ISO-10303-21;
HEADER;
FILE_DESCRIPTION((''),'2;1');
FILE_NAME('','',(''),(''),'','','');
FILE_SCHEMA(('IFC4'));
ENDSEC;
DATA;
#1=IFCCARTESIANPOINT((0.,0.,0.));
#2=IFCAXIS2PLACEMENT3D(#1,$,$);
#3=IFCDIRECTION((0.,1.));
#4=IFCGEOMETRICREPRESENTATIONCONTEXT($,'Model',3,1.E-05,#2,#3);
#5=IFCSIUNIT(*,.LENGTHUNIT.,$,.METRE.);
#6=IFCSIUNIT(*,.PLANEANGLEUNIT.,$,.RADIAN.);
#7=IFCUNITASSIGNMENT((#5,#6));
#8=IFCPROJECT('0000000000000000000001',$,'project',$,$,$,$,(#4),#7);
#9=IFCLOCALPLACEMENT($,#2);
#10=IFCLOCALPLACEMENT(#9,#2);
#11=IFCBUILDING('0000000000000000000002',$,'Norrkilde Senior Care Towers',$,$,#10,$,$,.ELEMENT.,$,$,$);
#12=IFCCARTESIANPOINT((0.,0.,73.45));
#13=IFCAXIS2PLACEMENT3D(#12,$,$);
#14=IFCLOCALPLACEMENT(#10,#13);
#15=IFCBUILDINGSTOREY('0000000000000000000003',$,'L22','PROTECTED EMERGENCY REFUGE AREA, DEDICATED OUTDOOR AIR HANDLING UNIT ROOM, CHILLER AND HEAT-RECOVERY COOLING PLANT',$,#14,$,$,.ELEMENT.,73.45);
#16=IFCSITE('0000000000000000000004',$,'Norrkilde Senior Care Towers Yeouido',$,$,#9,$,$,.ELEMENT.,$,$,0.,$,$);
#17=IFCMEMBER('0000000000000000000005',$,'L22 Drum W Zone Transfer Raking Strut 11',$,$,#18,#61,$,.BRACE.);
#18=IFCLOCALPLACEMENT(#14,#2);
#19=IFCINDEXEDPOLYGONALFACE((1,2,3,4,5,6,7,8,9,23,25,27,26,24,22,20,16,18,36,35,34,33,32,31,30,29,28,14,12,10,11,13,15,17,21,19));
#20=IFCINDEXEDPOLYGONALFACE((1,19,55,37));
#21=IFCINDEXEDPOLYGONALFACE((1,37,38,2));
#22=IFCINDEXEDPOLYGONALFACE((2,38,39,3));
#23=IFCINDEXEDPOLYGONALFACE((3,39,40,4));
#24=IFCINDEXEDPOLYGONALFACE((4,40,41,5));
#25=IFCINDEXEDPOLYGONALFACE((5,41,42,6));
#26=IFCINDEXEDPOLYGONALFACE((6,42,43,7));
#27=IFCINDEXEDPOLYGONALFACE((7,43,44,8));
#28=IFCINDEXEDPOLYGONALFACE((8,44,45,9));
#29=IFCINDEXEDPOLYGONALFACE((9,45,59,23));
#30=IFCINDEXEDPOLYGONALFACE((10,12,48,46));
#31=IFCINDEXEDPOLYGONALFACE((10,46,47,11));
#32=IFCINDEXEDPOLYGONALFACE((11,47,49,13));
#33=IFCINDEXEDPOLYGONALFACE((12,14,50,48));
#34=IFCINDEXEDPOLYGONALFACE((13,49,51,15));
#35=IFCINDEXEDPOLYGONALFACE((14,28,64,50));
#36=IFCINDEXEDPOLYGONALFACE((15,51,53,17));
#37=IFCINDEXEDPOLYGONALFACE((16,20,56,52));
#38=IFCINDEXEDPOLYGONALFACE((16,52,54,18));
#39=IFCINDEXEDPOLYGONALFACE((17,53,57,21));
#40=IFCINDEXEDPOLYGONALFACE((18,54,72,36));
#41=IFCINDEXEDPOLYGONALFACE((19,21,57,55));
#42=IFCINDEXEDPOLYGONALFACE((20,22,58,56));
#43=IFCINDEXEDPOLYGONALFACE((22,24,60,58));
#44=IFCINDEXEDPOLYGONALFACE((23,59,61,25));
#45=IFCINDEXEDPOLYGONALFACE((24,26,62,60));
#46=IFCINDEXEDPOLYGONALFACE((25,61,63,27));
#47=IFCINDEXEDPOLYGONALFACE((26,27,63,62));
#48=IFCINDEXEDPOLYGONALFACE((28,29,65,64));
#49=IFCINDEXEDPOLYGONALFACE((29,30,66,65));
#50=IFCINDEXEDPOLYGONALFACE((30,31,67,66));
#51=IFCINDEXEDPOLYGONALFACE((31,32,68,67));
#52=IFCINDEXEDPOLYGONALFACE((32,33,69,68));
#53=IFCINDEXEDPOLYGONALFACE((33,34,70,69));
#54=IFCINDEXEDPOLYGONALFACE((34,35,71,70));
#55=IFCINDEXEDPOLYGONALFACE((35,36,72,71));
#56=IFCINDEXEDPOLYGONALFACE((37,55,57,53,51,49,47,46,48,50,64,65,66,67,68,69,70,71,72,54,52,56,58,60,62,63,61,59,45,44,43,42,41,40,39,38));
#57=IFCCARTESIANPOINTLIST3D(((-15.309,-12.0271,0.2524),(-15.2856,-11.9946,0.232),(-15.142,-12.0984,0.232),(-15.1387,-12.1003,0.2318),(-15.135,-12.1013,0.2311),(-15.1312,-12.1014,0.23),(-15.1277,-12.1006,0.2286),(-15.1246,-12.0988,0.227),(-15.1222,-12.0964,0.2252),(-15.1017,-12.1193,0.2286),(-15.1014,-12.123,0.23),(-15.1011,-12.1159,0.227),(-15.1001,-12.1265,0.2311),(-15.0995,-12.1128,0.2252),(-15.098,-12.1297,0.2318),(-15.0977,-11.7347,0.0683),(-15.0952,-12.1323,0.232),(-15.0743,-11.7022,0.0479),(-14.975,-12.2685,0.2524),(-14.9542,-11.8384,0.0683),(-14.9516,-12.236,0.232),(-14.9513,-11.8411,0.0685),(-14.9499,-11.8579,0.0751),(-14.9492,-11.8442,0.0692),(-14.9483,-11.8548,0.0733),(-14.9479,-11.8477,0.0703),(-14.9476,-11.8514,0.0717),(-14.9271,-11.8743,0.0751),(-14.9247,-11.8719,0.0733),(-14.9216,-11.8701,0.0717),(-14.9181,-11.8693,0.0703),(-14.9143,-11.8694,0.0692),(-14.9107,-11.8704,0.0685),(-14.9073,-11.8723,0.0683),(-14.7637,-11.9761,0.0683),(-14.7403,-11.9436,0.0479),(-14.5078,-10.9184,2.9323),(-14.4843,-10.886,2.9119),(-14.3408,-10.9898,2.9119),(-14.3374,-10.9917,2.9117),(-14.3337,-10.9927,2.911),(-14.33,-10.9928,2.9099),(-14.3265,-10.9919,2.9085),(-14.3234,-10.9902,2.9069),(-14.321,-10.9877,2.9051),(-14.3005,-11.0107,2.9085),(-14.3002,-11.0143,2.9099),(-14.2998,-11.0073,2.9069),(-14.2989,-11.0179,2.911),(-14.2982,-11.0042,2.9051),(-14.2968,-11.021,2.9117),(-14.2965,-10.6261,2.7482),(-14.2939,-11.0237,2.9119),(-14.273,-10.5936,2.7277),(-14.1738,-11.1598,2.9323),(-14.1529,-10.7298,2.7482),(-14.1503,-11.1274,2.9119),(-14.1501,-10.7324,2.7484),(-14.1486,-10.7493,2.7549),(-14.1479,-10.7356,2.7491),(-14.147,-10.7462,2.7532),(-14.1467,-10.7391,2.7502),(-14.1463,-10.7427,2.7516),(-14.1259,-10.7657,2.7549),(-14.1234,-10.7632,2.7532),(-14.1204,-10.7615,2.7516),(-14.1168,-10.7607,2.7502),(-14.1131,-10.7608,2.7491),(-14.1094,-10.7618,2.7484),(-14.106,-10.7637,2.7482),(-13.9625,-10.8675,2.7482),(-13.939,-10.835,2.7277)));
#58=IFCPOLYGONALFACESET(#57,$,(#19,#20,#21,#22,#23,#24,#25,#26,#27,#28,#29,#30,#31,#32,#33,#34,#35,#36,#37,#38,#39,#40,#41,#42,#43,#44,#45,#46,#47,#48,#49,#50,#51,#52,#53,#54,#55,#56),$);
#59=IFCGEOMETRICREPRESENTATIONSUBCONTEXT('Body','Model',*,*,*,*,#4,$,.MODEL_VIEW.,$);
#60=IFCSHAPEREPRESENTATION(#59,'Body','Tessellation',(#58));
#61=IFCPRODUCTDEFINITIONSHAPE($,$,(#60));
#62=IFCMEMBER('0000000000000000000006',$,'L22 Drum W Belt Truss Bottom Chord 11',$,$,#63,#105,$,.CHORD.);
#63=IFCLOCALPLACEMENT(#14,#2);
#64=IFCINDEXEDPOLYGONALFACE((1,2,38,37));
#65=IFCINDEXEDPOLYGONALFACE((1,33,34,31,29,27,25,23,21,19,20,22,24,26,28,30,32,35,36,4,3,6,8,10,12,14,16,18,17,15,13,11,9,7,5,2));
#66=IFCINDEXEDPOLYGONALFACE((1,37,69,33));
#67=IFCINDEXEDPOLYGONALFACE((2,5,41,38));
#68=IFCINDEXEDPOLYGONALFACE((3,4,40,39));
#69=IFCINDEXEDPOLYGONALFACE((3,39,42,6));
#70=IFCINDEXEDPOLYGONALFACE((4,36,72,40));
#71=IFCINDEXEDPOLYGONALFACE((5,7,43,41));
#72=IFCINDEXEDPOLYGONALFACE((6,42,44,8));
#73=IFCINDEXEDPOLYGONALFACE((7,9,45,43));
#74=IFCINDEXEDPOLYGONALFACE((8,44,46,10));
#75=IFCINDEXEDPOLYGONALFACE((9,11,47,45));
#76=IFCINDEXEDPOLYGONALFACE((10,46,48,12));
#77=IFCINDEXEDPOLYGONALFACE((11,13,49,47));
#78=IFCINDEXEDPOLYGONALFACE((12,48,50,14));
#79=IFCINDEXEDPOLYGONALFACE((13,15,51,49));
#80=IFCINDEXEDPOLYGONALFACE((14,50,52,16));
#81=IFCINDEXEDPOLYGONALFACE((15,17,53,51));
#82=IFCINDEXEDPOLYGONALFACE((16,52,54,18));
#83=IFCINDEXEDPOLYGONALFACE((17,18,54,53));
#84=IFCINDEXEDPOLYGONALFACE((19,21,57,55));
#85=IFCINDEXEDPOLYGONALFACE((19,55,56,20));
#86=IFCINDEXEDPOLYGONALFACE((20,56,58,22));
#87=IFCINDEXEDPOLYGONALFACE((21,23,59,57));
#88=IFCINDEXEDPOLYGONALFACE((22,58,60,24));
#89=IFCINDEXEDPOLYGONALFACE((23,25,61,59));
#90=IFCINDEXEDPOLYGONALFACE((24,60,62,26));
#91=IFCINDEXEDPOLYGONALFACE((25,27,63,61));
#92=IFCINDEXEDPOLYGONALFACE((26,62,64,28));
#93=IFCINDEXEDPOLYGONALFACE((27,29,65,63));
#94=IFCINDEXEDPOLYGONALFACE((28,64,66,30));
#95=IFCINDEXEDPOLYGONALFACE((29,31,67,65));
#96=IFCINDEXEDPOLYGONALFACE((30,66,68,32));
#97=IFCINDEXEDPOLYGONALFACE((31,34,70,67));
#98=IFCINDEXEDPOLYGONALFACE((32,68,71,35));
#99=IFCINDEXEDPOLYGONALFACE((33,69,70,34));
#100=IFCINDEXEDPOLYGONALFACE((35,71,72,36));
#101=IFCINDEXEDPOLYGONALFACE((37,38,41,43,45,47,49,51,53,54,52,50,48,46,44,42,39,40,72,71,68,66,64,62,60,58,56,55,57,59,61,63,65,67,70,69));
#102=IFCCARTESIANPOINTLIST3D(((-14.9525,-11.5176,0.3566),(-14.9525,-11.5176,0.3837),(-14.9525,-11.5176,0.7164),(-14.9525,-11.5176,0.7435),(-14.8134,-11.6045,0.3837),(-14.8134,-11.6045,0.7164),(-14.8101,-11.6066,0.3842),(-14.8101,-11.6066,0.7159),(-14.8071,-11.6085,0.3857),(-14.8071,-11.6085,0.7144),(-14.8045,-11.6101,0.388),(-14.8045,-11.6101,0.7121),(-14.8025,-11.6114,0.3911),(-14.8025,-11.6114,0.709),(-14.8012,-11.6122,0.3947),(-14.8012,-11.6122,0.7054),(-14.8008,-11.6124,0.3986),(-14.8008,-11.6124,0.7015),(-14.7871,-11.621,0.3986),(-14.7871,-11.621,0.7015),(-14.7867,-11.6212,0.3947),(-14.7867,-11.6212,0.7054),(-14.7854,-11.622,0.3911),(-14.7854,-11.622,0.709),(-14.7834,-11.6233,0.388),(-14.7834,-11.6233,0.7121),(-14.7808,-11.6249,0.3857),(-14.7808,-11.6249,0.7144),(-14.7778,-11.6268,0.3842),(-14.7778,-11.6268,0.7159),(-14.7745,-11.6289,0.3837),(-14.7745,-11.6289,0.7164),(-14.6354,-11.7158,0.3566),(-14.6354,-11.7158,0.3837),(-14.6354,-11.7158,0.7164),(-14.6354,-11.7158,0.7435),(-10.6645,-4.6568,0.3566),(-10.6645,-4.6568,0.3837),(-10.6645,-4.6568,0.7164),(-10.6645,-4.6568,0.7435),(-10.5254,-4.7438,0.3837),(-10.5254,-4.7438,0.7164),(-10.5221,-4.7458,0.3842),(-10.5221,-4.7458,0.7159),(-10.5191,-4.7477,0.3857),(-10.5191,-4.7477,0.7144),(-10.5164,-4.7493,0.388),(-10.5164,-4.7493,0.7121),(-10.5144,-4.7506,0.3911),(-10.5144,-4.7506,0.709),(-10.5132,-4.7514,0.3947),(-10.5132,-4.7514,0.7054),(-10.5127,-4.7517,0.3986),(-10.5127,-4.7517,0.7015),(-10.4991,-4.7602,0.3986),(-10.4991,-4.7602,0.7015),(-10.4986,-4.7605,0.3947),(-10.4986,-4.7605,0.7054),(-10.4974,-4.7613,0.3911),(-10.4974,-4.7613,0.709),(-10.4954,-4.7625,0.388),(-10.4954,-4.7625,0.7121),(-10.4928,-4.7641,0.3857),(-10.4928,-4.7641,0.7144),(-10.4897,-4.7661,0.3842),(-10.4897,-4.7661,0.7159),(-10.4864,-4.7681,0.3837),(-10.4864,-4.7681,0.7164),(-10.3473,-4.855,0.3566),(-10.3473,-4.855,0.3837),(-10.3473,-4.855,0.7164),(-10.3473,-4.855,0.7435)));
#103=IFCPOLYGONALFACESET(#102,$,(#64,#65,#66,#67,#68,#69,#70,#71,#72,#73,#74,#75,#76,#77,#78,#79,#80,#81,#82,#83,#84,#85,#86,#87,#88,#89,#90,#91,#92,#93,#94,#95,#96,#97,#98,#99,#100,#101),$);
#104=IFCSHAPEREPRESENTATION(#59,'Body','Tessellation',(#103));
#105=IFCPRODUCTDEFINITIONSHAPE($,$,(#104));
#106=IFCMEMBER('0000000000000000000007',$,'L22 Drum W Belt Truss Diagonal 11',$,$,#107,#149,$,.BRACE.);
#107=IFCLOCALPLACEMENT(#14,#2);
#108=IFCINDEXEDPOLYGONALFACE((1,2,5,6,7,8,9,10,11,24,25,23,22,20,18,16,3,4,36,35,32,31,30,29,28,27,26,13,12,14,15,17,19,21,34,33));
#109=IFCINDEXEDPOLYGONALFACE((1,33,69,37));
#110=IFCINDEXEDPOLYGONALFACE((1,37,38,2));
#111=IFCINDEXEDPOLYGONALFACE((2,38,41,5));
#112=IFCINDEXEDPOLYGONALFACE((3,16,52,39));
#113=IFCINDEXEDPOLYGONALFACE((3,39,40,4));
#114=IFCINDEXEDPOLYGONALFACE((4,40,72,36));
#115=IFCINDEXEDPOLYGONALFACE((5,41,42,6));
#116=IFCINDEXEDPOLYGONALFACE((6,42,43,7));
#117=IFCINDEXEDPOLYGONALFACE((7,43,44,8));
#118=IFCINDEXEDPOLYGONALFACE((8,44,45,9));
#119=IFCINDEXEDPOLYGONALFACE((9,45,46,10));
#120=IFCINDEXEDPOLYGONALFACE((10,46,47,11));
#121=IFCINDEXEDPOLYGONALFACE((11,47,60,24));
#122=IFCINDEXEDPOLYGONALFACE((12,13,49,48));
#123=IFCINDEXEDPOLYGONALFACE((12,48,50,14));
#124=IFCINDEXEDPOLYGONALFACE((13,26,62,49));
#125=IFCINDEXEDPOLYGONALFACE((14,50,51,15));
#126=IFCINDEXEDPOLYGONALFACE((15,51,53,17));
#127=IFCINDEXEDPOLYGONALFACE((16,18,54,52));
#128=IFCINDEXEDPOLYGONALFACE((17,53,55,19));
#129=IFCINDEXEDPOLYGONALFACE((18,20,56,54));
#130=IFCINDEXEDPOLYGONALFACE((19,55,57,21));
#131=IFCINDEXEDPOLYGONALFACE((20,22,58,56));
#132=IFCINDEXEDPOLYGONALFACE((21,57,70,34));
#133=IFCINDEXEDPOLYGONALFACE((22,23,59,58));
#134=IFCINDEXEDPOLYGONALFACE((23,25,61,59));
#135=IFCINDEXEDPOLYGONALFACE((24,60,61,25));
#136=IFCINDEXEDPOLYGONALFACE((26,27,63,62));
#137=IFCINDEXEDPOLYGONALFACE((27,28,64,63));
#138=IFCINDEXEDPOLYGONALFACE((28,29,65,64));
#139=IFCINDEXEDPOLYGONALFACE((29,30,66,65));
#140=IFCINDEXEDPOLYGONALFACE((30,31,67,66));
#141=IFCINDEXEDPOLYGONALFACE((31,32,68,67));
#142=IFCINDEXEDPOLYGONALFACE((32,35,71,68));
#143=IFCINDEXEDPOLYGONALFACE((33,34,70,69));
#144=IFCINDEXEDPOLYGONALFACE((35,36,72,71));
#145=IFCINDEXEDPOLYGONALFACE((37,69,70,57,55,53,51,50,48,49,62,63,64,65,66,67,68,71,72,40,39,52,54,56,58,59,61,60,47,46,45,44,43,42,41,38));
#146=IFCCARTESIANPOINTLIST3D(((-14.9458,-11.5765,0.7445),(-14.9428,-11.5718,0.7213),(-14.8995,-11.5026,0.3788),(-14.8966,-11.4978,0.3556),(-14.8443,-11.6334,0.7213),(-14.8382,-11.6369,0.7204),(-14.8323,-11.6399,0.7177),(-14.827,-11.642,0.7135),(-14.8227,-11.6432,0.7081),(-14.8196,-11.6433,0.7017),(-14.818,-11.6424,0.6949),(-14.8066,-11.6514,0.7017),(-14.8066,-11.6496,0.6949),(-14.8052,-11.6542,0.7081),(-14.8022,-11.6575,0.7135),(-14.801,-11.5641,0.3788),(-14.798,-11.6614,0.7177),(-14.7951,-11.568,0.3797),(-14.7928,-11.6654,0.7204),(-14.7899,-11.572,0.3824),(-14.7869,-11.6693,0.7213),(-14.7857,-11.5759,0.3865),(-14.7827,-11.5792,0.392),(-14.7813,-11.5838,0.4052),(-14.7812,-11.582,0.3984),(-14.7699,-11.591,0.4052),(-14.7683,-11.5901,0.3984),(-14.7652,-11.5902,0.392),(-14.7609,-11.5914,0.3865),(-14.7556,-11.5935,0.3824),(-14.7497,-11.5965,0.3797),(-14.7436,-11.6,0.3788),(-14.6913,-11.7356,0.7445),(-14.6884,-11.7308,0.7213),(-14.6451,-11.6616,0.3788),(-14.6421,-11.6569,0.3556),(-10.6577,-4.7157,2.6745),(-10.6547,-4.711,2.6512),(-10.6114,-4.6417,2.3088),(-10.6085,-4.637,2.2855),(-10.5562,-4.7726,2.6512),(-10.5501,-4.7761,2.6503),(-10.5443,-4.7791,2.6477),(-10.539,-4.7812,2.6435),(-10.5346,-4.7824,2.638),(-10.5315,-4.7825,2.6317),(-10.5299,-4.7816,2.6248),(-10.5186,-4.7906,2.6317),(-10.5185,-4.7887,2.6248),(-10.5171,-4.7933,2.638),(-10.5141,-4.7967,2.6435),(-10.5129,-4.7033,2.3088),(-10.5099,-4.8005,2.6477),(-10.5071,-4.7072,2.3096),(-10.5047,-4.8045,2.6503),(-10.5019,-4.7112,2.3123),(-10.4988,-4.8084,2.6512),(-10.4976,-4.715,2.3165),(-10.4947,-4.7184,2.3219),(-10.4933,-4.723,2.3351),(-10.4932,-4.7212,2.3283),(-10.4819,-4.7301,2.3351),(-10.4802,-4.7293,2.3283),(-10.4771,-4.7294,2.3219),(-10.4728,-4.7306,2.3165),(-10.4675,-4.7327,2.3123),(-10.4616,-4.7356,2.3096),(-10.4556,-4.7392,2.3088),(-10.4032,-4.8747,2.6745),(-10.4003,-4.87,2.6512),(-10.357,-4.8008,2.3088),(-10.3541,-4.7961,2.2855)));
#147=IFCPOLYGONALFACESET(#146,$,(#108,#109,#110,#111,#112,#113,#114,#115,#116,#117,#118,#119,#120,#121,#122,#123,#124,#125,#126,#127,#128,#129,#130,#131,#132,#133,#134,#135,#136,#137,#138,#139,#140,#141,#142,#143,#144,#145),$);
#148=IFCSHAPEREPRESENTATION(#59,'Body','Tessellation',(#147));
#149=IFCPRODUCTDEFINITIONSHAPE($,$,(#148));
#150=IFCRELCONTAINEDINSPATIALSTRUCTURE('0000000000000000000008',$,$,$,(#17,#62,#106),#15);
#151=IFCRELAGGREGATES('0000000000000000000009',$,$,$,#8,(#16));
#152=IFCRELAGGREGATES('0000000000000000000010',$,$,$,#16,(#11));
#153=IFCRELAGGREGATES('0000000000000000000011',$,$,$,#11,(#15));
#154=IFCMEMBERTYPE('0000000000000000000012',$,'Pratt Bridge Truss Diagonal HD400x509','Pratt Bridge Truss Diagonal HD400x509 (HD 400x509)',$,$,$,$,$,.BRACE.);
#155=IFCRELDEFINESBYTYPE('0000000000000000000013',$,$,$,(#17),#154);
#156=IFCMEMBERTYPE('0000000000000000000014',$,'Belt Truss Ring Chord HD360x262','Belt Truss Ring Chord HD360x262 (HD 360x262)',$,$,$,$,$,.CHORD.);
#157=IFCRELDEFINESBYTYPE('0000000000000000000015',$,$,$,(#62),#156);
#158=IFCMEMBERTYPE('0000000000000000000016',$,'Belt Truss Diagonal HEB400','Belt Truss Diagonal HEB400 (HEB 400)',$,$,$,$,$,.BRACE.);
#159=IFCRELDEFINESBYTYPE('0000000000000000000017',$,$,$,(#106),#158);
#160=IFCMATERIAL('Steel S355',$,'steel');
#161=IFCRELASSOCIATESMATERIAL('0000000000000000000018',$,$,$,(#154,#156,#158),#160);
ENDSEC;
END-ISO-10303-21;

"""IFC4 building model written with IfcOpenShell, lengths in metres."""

from ifc_helpers import new_model, si_unit, direction, frame, origin, origin_2d, place, context, subcontext, project, spatial, i_section, extrude, source, transform, mapped, material, material_profile, profile_set, type_object, element, save


model = new_model("IFC4")

# Units and contexts
model_context = context("Model", 3, precision=1e-05, world=origin(), true_north=direction((0.0, 1.0)))
body_context = subcontext(model_context, "Body", "Model", "MODEL_VIEW")
ifc_project = project(units=[si_unit("LENGTHUNIT", "METRE"), si_unit("PLANEANGLEUNIT", "RADIAN")], contexts=[model_context])

# Site, building, storey
site_placement = place(None, origin())
site = spatial("IfcSite", under=ifc_project, at=site_placement, Name="Norrkilde Senior Care Towers Yeouido", CompositionType="ELEMENT", RefElevation=0.0)
building_placement = place(site_placement, origin())
building = spatial("IfcBuilding", under=site, at=building_placement, Name="Norrkilde Senior Care Towers", CompositionType="ELEMENT")
storey_placement = place(building_placement, frame((0.0, 0.0, 73.45)))
storey = spatial("IfcBuildingStorey", under=building, at=storey_placement, Name="L22", Description="PROTECTED EMERGENCY REFUGE AREA, DEDICATED OUTDOOR AIR HANDLING UNIT ROOM, CHILLER AND HEAT-RECOVERY COOLING PLANT", CompositionType="ELEMENT", Elevation=73.45)

# Members
ifc_material_1 = material(Name="Steel S355", Category="steel")
ifc_material_profile_1 = material_profile(ifc_material_1, i_section(OverallWidth=0.4121, OverallDepth=0.45, WebThickness=0.0281, FlangeThickness=0.0449, FilletRadius=0.0149, at=origin_2d()), Name="HD 400x509")
ifc_profile_set_1 = profile_set([ifc_material_profile_1], Name="Steel S355")
member_type_1 = type_object("IfcMemberType", Name="Pratt Bridge Truss Diagonal HD400x509", Description="Pratt Bridge Truss Diagonal HD400x509 (HD 400x509)", PredefinedType="BRACE", material=ifc_profile_set_1)
shared_shape_1 = source(origin(), body_context, "Body", "SweptSolid", [
    extrude(i_section(OverallWidth=0.4121, OverallDepth=0.45, WebThickness=0.0281, FlangeThickness=0.0449, FilletRadius=0.0149, at=origin_2d()), origin(), (0.0, 0.0, 1.0), 3.0088),
])
member_1_placement = place(storey_placement, frame((-15.0247, -11.9854, 0.1501), z_axis=(0.266305, 0.368461, 0.890684), x_axis=(-0.810477, 0.585771, 0.0)))
element("IfcMember", 1, at=member_1_placement, inside=storey, type_object=member_type_1, Name="L22 Drum W Zone Transfer Raking Strut 11", PredefinedType="BRACE", context=body_context, shape_type="MappedRepresentation", body=[
    mapped(shared_shape_1, transform((0.0, 0.0, 0.0), x_axis=(1.0, 0.0, 0.0), y_axis=(0.0, 1.0, 0.0), z_axis=(0.0, 0.0, 1.0), scale=1.0)),
])
ifc_material_profile_2 = material_profile(ifc_material_1, i_section(OverallWidth=0.374, OverallDepth=0.387, WebThickness=0.0161, FlangeThickness=0.0271, FilletRadius=0.0149, at=origin_2d()), Name="HD 360x262")
ifc_profile_set_2 = profile_set([ifc_material_profile_2], Name="Steel S355")
member_type_2 = type_object("IfcMemberType", Name="Belt Truss Ring Chord HD360x262", Description="Belt Truss Ring Chord HD360x262 (HD 360x262)", PredefinedType="CHORD", material=ifc_profile_set_2)
shared_shape_2 = source(origin(), body_context, "Body", "SweptSolid", [
    extrude(i_section(OverallWidth=0.374, OverallDepth=0.387, WebThickness=0.0161, FlangeThickness=0.0271, FilletRadius=0.0149, at=origin_2d()), origin(), (0.0, 0.0, 1.0), 8.0906),
])
member_2_placement = place(storey_placement, frame((-14.7939, -11.6167, 0.55), z_axis=(0.530004, 0.847995, 0.0), x_axis=(-0.847995, 0.530004, 0.0)))
element("IfcMember", 2, at=member_2_placement, inside=storey, type_object=member_type_2, Name="L22 Drum W Belt Truss Bottom Chord 11", PredefinedType="CHORD", context=body_context, shape_type="MappedRepresentation", body=[
    mapped(shared_shape_2, transform((0.0, 0.0, 0.0), x_axis=(1.0, 0.0, 0.0), y_axis=(0.0, 1.0, 0.0), z_axis=(0.0, 0.0, 1.0), scale=1.0)),
])
ifc_material_profile_3 = material_profile(ifc_material_1, i_section(OverallWidth=0.3, OverallDepth=0.3999, WebThickness=0.0134, FlangeThickness=0.0239, FilletRadius=0.0271, at=origin_2d()), Name="HEB 400")
ifc_profile_set_3 = profile_set([ifc_material_profile_3], Name="Steel S355")
member_type_3 = type_object("IfcMemberType", Name="Belt Truss Diagonal HEB400", Description="Belt Truss Diagonal HEB400 (HEB 400)", PredefinedType="BRACE", material=ifc_profile_set_3)
shared_shape_3 = source(origin(), body_context, "Body", "SweptSolid", [
    extrude(i_section(OverallWidth=0.3, OverallDepth=0.3999, WebThickness=0.0134, FlangeThickness=0.0239, FilletRadius=0.0271, at=origin_2d()), origin(), (0.0, 0.0, 1.0), 8.3176),
])
member_3_placement = place(storey_placement, frame((-14.7939, -11.6167, 0.55), z_axis=(0.51554, 0.824852, 0.232028), x_axis=(-0.847995, 0.530004, 0.0)))
element("IfcMember", 3, at=member_3_placement, inside=storey, type_object=member_type_3, Name="L22 Drum W Belt Truss Diagonal 11", PredefinedType="BRACE", context=body_context, shape_type="MappedRepresentation", body=[
    mapped(shared_shape_3, transform((0.0, 0.0, 0.0), x_axis=(1.0, 0.0, 0.0), y_axis=(0.0, 1.0, 0.0), z_axis=(0.0, 0.0, 1.0), scale=1.0)),
])

save(model, "model.ifc")
